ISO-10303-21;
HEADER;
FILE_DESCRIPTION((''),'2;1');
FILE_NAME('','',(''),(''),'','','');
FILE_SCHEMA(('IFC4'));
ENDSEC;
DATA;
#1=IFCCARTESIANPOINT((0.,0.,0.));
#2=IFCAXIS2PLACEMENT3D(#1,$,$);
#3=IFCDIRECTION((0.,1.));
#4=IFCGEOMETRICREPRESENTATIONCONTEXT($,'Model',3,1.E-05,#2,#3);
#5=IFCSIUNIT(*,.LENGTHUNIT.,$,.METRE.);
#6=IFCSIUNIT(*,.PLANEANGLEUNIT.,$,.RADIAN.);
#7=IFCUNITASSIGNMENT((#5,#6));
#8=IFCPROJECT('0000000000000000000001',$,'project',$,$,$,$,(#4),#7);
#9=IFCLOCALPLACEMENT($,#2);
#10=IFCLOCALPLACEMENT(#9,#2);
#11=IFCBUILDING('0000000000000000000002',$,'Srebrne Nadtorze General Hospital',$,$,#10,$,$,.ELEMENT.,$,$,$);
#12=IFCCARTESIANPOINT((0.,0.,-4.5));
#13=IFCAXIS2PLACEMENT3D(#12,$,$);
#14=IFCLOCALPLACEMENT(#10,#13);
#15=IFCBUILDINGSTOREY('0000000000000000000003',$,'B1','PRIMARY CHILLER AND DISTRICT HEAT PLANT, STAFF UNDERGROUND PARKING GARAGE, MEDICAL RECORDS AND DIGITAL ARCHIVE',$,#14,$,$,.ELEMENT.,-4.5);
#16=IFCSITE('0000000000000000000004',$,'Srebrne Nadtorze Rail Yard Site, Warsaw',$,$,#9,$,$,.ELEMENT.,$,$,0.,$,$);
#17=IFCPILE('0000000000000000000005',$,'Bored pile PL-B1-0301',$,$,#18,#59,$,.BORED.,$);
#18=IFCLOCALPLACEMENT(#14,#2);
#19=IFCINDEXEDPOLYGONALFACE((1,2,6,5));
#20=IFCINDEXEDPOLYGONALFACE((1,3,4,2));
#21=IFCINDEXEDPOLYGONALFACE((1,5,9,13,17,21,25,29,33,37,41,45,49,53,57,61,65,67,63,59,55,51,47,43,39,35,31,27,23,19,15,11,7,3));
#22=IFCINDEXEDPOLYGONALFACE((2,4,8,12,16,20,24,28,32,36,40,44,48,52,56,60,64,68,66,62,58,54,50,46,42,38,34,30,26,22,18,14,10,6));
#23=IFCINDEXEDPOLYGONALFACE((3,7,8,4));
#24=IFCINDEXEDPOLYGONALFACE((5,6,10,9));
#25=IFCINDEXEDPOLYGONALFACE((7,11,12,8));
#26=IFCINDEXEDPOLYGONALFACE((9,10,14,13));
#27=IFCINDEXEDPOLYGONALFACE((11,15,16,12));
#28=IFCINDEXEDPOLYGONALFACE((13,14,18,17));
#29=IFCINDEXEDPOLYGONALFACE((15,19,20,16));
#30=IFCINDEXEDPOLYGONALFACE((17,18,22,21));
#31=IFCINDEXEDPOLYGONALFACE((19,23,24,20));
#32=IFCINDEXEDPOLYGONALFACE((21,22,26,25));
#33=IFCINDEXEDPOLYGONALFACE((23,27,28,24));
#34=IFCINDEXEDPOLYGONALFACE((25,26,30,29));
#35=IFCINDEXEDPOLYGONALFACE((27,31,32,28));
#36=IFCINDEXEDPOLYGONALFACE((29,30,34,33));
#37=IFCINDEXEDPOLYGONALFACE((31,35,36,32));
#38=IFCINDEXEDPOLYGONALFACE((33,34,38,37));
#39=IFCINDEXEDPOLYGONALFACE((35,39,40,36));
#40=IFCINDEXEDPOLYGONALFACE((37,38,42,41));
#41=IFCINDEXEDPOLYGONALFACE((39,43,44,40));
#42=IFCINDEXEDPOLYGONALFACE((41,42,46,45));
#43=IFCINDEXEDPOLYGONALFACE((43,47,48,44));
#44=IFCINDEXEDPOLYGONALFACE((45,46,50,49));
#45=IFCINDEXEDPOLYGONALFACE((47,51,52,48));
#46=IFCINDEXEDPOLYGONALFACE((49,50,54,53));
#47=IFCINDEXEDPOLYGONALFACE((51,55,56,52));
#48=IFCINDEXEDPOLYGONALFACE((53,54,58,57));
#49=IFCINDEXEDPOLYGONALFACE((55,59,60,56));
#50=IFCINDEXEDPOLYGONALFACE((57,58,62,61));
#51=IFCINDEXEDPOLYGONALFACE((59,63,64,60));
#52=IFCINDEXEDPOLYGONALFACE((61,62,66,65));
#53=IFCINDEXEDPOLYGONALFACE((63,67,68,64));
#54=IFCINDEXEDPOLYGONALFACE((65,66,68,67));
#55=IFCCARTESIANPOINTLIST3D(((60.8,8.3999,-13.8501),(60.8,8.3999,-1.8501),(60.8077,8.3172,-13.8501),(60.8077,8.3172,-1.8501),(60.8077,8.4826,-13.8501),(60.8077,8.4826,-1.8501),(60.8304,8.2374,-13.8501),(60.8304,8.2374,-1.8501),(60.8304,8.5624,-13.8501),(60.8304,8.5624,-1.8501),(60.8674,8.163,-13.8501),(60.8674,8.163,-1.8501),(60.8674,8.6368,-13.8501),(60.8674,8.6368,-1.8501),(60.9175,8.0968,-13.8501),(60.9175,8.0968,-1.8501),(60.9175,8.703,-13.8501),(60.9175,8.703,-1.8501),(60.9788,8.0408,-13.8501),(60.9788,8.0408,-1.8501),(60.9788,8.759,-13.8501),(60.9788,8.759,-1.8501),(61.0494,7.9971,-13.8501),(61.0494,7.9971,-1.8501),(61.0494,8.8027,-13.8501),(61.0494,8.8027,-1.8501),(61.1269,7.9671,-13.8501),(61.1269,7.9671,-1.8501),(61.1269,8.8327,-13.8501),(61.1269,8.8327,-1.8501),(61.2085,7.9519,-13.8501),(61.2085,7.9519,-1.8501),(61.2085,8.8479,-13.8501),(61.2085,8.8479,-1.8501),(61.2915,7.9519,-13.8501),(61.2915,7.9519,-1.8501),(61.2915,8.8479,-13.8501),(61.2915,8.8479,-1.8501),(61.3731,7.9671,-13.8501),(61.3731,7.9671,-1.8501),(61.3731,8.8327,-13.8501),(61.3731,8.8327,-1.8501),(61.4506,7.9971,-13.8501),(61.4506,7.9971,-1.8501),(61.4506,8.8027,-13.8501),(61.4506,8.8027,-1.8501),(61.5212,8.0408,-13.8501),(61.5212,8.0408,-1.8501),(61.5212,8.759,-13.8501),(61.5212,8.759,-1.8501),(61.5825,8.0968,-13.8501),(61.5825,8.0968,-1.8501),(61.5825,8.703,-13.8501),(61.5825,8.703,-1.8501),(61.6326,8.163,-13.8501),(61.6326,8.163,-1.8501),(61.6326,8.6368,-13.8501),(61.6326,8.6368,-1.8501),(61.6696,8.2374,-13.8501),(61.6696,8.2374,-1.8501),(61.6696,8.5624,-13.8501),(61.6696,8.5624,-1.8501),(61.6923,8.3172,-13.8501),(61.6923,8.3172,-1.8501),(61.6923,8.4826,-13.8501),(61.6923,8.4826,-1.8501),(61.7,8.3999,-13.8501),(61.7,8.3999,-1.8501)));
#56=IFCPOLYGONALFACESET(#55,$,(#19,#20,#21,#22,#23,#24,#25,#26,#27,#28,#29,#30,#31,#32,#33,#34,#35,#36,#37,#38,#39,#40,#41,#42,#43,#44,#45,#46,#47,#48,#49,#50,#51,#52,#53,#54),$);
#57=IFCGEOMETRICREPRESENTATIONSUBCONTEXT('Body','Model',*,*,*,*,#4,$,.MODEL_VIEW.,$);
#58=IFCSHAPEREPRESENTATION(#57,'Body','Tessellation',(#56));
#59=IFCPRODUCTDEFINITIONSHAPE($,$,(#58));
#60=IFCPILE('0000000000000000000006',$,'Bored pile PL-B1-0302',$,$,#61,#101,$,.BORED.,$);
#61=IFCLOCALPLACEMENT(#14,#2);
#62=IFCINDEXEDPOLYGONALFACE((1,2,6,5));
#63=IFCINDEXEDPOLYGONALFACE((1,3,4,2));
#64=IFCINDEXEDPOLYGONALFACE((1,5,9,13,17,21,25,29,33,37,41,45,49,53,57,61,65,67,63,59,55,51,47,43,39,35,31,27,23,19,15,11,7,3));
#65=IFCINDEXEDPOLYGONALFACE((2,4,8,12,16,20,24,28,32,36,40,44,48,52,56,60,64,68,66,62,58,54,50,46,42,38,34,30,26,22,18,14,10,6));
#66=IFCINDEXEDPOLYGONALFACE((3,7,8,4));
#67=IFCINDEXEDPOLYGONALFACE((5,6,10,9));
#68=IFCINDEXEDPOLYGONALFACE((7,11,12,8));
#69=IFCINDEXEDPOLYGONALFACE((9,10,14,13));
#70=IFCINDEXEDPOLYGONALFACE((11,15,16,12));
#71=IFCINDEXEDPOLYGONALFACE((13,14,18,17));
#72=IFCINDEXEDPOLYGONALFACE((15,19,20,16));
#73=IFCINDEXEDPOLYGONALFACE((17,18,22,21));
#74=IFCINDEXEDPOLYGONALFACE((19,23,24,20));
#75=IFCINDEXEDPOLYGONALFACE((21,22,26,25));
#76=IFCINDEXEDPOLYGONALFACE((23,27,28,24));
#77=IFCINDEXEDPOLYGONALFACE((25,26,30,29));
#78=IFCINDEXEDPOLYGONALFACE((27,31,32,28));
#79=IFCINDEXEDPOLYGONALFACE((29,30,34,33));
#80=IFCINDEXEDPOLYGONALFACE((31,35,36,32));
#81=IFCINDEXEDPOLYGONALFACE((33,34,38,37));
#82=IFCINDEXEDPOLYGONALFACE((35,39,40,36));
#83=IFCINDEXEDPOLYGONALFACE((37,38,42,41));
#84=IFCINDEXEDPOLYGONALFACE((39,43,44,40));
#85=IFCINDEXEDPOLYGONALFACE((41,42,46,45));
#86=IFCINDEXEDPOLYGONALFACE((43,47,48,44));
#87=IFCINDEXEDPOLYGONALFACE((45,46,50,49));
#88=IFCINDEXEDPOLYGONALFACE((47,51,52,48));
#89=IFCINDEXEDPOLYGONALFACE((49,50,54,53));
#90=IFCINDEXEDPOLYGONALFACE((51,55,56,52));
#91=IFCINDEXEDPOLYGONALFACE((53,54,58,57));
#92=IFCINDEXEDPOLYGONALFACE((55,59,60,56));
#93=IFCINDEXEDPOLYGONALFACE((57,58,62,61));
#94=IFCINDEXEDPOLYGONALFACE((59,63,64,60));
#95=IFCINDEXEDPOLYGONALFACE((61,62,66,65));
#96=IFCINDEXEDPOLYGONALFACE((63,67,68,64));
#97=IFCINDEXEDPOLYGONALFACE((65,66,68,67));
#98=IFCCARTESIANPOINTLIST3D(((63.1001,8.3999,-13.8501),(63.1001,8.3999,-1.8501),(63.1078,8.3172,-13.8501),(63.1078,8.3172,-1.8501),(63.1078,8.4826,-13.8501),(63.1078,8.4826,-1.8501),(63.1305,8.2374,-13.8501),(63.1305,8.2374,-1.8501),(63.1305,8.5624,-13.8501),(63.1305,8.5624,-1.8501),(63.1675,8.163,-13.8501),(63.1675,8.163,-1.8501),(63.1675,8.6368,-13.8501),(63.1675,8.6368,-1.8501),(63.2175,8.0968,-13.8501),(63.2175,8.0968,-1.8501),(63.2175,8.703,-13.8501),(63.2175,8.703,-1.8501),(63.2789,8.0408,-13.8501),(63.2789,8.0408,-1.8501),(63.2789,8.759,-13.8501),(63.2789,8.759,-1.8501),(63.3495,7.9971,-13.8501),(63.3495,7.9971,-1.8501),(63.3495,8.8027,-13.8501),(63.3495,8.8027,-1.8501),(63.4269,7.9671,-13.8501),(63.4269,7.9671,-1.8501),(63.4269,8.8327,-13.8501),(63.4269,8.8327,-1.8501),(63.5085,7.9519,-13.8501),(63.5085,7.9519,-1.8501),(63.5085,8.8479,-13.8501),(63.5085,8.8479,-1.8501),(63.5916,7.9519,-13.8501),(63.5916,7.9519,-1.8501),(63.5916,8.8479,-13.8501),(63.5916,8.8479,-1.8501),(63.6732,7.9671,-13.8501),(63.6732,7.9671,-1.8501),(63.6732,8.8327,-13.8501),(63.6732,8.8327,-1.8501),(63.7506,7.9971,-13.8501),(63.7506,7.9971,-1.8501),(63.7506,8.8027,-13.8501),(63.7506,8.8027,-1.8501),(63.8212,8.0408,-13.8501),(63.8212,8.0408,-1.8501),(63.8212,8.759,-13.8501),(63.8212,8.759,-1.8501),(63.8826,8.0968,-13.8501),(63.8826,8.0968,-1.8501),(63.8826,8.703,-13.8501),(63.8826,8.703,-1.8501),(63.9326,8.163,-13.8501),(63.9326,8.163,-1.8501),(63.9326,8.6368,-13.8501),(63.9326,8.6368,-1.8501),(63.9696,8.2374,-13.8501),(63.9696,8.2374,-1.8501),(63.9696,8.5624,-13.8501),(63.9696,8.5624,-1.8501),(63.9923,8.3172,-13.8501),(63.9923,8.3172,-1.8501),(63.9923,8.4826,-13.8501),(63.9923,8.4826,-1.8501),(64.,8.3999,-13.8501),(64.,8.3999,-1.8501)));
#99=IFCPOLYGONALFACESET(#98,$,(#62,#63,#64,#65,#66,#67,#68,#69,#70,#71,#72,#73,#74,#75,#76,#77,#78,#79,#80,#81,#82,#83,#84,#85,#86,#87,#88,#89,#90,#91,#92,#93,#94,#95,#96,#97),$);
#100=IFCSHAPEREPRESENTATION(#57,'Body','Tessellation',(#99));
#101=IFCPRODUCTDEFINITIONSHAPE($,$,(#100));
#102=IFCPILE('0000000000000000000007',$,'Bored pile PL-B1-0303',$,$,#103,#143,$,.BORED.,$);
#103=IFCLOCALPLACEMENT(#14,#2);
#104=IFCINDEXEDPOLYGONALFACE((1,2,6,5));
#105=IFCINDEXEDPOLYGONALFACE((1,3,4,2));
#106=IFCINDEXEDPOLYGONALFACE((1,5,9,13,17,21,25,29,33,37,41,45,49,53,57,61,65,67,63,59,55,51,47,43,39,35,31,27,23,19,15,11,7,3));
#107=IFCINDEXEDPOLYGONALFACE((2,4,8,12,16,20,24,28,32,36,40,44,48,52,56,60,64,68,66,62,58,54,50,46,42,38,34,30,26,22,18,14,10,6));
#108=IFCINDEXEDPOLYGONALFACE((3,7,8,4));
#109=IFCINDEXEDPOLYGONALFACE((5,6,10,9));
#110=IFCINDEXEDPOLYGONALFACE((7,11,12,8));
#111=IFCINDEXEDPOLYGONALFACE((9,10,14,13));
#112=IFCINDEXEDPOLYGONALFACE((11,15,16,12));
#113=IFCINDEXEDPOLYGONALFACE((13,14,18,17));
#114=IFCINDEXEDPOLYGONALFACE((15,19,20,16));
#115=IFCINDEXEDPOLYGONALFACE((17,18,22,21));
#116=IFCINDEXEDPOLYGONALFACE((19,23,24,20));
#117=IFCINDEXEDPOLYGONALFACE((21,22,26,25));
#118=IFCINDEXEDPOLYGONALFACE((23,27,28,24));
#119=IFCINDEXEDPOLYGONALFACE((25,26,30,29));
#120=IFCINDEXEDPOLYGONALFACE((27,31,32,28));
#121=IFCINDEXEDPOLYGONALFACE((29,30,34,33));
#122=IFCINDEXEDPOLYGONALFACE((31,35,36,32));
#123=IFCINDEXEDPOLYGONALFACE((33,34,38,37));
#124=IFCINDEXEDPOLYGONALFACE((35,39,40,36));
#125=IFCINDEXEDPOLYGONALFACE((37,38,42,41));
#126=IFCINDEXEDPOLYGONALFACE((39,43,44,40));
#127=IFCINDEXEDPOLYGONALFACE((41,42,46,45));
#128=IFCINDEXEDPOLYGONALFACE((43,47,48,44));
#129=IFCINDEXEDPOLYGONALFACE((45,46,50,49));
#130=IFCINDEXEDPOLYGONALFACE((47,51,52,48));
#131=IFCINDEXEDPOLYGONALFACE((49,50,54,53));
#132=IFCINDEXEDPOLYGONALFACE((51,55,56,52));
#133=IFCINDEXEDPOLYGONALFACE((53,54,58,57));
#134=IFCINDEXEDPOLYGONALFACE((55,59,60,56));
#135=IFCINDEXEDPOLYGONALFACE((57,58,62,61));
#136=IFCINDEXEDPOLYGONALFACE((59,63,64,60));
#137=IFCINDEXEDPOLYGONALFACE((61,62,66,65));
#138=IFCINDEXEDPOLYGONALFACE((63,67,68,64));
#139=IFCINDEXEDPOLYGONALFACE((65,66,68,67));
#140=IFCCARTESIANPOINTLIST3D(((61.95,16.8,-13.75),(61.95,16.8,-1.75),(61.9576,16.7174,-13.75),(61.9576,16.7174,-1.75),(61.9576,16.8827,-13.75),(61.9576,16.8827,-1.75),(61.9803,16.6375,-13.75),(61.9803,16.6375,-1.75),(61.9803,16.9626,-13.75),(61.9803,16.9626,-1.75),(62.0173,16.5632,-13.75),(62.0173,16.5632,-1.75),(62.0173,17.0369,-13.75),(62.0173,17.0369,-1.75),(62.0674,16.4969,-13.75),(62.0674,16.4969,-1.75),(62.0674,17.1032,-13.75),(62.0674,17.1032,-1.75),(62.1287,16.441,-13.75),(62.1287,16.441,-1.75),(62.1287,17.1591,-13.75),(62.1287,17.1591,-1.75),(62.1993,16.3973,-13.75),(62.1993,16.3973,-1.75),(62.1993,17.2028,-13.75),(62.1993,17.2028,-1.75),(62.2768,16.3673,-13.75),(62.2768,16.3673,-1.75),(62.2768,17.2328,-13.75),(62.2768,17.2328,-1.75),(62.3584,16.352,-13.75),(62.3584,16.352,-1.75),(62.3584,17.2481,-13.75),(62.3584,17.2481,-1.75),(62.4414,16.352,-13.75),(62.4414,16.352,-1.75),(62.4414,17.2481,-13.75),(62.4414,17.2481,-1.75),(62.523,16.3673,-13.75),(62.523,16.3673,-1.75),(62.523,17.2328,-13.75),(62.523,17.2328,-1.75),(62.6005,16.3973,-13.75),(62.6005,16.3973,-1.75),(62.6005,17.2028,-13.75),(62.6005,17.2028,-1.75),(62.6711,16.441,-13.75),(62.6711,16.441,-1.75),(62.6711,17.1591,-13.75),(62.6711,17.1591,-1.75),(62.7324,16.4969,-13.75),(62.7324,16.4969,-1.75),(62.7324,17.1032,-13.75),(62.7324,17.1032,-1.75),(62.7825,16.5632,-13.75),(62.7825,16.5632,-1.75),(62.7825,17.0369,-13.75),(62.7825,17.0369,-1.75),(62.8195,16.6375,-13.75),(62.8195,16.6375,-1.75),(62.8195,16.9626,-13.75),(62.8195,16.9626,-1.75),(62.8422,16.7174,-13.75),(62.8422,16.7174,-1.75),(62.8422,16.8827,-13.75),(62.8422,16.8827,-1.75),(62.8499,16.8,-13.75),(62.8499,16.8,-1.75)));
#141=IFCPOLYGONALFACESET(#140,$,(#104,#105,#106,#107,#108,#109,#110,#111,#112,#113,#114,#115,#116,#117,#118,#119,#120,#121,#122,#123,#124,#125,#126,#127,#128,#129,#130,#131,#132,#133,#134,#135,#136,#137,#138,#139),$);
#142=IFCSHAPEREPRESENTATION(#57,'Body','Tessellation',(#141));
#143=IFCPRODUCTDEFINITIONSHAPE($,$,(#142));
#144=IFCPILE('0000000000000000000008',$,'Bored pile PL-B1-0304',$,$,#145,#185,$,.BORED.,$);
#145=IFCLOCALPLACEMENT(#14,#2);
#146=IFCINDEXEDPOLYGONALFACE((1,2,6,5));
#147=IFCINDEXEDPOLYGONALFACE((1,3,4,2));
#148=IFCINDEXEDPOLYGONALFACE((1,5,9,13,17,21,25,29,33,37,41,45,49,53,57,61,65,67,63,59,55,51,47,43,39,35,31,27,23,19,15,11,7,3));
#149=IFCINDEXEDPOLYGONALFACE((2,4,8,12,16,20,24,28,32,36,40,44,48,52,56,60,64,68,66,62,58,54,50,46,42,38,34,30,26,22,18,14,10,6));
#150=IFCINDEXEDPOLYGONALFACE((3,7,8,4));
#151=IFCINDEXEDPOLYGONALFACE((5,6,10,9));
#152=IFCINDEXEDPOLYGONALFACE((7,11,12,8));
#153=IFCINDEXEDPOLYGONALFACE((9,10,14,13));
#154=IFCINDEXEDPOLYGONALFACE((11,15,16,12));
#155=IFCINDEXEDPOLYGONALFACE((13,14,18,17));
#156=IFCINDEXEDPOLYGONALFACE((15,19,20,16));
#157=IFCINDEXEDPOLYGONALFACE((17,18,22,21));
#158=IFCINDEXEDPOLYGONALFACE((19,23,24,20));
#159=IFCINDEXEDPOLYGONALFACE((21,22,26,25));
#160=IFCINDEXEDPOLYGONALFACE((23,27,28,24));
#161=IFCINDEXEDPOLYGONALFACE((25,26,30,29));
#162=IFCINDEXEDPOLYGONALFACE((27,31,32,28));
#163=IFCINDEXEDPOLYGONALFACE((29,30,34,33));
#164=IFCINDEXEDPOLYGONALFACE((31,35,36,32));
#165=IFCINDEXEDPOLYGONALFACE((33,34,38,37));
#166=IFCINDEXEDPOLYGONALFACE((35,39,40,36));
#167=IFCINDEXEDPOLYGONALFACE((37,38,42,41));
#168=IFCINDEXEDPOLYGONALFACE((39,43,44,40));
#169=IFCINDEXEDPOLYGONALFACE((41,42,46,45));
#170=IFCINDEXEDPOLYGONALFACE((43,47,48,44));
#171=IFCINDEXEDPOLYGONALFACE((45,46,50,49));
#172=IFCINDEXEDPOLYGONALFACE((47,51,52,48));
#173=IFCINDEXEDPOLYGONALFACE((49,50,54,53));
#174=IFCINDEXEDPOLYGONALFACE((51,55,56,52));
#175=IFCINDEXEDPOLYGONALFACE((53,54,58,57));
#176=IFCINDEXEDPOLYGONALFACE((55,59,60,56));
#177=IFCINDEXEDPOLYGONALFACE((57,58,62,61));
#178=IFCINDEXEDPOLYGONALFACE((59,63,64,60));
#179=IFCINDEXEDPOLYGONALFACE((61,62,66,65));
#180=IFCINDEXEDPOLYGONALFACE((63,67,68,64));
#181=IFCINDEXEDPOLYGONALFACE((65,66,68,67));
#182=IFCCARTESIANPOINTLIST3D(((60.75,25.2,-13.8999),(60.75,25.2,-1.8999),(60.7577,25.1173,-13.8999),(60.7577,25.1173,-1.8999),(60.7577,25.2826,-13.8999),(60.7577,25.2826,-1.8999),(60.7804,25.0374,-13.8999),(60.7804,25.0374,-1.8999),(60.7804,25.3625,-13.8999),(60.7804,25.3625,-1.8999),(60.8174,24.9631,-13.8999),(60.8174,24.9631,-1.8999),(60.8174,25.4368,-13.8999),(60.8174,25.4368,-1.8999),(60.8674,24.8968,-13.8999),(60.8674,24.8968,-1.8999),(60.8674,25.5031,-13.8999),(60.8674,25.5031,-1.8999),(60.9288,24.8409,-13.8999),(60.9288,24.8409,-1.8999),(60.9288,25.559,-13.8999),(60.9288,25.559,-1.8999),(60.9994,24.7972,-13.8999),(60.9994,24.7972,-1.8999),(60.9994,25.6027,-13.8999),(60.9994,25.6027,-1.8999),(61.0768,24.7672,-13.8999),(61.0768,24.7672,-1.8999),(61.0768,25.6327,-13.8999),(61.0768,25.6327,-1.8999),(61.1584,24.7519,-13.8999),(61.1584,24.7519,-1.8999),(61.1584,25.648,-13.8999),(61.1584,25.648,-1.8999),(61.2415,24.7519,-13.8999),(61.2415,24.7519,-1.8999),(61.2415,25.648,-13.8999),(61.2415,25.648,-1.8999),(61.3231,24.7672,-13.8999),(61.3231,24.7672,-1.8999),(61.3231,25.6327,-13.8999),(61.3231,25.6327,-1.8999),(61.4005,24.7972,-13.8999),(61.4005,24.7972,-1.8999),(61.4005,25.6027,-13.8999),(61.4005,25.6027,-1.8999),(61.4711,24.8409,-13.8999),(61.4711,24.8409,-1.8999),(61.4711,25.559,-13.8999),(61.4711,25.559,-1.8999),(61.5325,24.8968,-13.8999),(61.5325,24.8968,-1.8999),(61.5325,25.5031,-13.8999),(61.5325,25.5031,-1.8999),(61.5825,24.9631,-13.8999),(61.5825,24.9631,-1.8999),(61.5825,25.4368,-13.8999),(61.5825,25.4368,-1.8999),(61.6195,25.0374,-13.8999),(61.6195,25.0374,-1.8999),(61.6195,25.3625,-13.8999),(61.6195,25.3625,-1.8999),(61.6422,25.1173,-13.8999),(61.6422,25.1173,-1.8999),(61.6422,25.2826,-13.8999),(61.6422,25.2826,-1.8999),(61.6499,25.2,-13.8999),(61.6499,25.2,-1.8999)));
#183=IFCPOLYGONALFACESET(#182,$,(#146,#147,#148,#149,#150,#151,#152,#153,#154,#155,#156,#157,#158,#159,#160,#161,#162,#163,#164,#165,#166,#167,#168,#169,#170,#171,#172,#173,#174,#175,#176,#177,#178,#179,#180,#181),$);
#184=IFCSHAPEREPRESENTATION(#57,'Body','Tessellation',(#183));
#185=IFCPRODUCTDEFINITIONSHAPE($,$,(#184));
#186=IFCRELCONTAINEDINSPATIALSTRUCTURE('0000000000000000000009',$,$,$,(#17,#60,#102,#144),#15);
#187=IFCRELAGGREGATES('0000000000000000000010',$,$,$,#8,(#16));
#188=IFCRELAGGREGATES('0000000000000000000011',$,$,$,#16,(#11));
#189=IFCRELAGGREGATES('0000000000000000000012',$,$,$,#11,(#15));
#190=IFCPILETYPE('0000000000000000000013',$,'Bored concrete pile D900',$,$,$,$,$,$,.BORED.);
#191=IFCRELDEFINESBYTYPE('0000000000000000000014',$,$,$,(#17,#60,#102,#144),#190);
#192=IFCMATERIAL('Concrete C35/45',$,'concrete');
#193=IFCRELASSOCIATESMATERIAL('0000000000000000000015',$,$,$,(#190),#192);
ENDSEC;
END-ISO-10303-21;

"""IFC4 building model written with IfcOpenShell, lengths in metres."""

from ifc_helpers import new_model, si_unit, direction, frame, origin, origin_2d, place, context, subcontext, project, spatial, circle, extrude, material, material_profile, profile_set, type_object, element, save


model = new_model("IFC4")

# Units and contexts
model_context = context("Model", 3, precision=1e-05, world=origin(), true_north=direction((0.0, 1.0)))
body_context = subcontext(model_context, "Body", "Model", "MODEL_VIEW")
ifc_project = project(units=[si_unit("LENGTHUNIT", "METRE"), si_unit("PLANEANGLEUNIT", "RADIAN")], contexts=[model_context])

# Site, building, storey
site_placement = place(None, origin())
site = spatial("IfcSite", under=ifc_project, at=site_placement, Name="Srebrne Nadtorze Rail Yard Site, Warsaw", CompositionType="ELEMENT", RefElevation=0.0)
building_placement = place(site_placement, origin())
building = spatial("IfcBuilding", under=site, at=building_placement, Name="Srebrne Nadtorze General Hospital", CompositionType="ELEMENT")
storey_placement = place(building_placement, frame((0.0, 0.0, -4.5)))
storey = spatial("IfcBuildingStorey", under=building, at=storey_placement, Name="B1", Description="PRIMARY CHILLER AND DISTRICT HEAT PLANT, STAFF UNDERGROUND PARKING GARAGE, MEDICAL RECORDS AND DIGITAL ARCHIVE", CompositionType="ELEMENT", Elevation=-4.5)

# Piles
ifc_material_1 = material(Name="Concrete C35/45", Category="concrete")
ifc_material_profile_1 = material_profile(ifc_material_1, circle(Radius=0.45, at=origin_2d()), Name="PILE-D900")
ifc_profile_set_1 = profile_set([ifc_material_profile_1], Name="Concrete C35/45")
pile_type = type_object("IfcPileType", Name="Bored concrete pile D900", PredefinedType="BORED", material=ifc_profile_set_1)
for number, where, z_axis, x_axis, name in (
    (1, (61.25, 8.3999, -1.8501), (0.0, 0.0, -1.0), (1.0, 0.0, 0.0), "Bored pile PL-B1-0301"),
    (2, (63.55, 8.3999, -1.8501), (0.0, 0.0, -1.0), (1.0, 0.0, 0.0), "Bored pile PL-B1-0302"),
    (3, (62.3999, 16.8, -1.75), (0.0, 0.0, -1.0), (1.0, 0.0, 0.0), "Bored pile PL-B1-0303"),
    (4, (61.2, 25.2, -1.8999), (0.0, 0.0, -1.0), (1.0, 0.0, 0.0), "Bored pile PL-B1-0304"),
):
    element("IfcPile", number, at=place(storey_placement, frame(where, z_axis=z_axis, x_axis=x_axis)), inside=storey, type_object=pile_type, Name=name, PredefinedType="BORED", context=body_context, shape_type="SweptSolid", body=[
        extrude(circle(Radius=0.45, at=origin_2d()), origin(), (0.0, 0.0, 1.0), 12.0),
    ])

save(model, "model.ifc")
